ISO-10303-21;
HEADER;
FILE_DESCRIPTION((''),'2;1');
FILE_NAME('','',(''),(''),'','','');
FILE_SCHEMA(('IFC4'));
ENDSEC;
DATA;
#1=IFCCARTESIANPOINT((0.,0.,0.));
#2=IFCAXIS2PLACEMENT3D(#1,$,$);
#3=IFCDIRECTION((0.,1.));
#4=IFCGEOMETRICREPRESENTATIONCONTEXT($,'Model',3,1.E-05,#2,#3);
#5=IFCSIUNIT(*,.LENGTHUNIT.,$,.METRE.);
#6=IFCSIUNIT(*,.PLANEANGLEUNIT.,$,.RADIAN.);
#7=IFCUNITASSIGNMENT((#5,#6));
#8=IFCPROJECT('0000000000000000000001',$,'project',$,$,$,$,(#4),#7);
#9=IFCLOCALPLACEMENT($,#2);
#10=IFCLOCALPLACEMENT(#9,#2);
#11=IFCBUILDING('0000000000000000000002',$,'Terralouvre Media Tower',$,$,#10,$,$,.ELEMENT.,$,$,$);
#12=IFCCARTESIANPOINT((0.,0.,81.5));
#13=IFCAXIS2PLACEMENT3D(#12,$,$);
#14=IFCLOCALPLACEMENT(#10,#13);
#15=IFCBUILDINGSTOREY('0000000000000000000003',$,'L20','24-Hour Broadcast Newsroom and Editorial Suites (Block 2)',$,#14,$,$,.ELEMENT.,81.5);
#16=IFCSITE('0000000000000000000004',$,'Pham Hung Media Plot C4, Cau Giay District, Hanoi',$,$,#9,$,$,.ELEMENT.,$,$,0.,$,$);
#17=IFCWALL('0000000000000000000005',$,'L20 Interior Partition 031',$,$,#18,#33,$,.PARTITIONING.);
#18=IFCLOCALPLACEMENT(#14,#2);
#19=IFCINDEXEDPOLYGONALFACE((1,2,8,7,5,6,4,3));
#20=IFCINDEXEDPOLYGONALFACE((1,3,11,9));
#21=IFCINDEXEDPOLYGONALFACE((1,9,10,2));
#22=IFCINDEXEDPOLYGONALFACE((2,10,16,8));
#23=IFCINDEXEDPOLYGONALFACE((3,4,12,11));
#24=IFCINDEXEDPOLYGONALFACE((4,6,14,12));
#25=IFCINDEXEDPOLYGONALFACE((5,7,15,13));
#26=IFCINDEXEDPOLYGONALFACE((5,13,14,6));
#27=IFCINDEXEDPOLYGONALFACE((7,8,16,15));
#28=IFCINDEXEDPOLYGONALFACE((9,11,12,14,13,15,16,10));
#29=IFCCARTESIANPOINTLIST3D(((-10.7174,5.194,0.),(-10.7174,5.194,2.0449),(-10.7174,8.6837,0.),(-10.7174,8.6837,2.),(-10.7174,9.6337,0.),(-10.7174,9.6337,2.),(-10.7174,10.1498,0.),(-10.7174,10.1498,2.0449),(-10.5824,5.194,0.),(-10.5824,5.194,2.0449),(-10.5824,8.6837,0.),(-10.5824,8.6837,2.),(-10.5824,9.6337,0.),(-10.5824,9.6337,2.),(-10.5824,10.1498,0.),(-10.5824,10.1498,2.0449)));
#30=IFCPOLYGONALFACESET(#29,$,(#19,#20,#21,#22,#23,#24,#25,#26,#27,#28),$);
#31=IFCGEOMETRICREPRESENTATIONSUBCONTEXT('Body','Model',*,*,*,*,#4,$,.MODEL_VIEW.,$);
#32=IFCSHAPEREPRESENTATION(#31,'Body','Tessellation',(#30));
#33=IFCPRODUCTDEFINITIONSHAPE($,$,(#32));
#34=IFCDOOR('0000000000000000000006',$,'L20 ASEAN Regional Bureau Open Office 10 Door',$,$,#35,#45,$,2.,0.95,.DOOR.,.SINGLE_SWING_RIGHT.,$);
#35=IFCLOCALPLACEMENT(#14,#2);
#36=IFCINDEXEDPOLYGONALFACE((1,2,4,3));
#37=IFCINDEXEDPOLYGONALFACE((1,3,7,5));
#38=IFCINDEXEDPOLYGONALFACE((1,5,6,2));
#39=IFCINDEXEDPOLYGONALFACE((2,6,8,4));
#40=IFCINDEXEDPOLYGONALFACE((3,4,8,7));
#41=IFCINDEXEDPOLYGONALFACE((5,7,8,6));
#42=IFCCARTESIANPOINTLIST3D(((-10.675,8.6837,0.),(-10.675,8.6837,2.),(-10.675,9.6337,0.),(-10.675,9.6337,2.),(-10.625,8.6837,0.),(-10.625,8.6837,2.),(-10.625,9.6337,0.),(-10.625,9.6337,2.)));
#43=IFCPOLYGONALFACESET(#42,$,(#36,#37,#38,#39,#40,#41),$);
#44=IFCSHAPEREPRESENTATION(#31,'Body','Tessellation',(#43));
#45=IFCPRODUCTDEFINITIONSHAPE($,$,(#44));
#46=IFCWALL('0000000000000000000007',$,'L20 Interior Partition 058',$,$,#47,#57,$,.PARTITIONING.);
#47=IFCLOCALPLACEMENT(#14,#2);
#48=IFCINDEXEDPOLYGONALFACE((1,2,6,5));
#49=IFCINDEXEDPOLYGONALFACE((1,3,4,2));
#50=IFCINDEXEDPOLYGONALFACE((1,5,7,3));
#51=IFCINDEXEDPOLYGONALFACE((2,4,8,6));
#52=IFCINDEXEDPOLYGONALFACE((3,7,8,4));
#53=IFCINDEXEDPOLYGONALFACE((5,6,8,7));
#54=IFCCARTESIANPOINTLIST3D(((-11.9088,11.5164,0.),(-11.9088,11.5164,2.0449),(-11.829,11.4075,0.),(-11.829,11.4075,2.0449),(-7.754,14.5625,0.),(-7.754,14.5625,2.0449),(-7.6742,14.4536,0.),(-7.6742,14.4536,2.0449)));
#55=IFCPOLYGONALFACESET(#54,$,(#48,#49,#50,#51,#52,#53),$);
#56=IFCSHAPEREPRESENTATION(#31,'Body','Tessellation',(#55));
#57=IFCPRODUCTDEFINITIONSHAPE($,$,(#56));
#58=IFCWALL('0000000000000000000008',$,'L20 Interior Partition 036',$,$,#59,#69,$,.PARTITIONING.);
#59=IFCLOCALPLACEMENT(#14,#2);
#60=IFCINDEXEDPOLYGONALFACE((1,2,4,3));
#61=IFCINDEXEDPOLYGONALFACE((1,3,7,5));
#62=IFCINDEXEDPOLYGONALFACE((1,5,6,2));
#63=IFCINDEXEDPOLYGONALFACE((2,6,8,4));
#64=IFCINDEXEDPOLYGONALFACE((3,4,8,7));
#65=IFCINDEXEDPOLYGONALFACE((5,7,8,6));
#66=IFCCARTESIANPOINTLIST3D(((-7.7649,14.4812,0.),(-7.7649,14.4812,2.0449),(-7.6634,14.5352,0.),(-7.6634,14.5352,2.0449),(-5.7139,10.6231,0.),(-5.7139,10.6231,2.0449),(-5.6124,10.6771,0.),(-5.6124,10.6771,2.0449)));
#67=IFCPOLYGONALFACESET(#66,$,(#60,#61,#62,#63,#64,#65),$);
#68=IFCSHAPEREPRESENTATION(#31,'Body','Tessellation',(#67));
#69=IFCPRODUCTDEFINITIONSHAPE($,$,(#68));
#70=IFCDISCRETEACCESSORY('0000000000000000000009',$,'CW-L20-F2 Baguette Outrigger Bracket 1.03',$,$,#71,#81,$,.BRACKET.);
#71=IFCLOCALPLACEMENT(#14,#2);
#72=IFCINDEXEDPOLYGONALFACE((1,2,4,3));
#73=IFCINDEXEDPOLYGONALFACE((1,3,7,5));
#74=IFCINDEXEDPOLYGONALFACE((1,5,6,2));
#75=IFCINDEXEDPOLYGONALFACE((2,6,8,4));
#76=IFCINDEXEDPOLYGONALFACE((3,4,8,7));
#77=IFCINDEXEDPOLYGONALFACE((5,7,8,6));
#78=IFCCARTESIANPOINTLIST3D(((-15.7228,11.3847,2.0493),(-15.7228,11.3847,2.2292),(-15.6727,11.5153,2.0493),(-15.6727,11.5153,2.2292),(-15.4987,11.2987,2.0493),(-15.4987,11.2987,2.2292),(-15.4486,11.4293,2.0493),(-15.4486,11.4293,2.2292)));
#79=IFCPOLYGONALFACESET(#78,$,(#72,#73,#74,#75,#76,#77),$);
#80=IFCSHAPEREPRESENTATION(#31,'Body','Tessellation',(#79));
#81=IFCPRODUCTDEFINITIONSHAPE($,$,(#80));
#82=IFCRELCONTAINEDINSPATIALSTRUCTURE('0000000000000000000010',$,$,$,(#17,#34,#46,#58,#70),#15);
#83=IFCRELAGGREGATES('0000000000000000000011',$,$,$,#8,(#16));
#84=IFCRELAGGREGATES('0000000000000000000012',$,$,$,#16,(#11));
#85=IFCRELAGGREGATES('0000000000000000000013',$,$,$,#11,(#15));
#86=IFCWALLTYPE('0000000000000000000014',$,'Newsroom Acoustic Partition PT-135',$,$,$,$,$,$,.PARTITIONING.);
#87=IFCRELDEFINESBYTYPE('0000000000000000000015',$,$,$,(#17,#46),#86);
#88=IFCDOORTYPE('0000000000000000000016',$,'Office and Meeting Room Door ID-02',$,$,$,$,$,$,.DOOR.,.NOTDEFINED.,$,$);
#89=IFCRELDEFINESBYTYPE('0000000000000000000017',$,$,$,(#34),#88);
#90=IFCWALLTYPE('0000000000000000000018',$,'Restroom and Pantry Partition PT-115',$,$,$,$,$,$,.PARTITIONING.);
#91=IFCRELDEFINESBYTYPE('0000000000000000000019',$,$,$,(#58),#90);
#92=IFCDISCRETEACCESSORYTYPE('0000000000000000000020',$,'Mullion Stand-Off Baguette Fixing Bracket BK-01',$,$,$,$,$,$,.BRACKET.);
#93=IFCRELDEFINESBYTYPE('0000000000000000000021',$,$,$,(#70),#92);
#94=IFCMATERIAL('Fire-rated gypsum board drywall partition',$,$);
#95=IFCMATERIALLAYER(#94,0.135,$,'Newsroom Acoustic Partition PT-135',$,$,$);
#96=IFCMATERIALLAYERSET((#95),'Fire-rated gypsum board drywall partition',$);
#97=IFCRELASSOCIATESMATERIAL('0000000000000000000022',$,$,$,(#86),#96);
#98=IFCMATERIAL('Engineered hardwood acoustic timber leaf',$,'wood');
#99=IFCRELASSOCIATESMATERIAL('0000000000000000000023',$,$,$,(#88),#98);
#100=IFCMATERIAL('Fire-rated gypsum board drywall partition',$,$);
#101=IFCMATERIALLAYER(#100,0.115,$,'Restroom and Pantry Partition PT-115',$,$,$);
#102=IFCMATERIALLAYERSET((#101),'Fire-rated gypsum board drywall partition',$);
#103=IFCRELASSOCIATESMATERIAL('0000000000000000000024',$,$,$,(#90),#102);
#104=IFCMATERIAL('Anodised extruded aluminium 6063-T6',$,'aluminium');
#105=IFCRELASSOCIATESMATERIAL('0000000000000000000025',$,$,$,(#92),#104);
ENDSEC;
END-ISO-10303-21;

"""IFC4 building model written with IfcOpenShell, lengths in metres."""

from ifc_helpers import new_model, si_unit, direction, frame, frame_2d, origin, origin_2d, place, context, subcontext, project, spatial, rectangle, extrude, material, layer, layer_set, type_object, element, fill, save


model = new_model("IFC4")

# Units and contexts
model_context = context("Model", 3, precision=1e-05, world=origin(), true_north=direction((0.0, 1.0)))
body_context = subcontext(model_context, "Body", "Model", "MODEL_VIEW")
ifc_project = project(units=[si_unit("LENGTHUNIT", "METRE"), si_unit("PLANEANGLEUNIT", "RADIAN")], contexts=[model_context])

# Site, building, storey
site_placement = place(None, origin())
site = spatial("IfcSite", under=ifc_project, at=site_placement, Name="Pham Hung Media Plot C4, Cau Giay District, Hanoi", CompositionType="ELEMENT", RefElevation=0.0)
building_placement = place(site_placement, origin())
building = spatial("IfcBuilding", under=site, at=building_placement, Name="Terralouvre Media Tower", CompositionType="ELEMENT")
storey_placement = place(building_placement, frame((0.0, 0.0, 81.5)))
storey = spatial("IfcBuildingStorey", under=building, at=storey_placement, Name="L20", Description="24-Hour Broadcast Newsroom and Editorial Suites (Block 2)", CompositionType="ELEMENT", Elevation=81.5)

# Shared definitions
ifc_material_1 = material(Name="Fire-rated gypsum board drywall partition")
ifc_layer_1 = layer(ifc_material_1, 0.135, Name="Newsroom Acoustic Partition PT-135")
ifc_layer_set_1 = layer_set([ifc_layer_1], Name="Fire-rated gypsum board drywall partition")
wall_type_1 = type_object("IfcWallType", Name="Newsroom Acoustic Partition PT-135", PredefinedType="PARTITIONING", material=ifc_layer_set_1)

# Wall, opening, door
wall_1_placement = place(storey_placement, frame((-10.6499, 10.1499, 0.0), z_axis=(0.0, 0.0, 1.0), x_axis=(0.0, -1.0, 0.0)))
wall_1 = element("IfcWall", 1, at=wall_1_placement, inside=storey, type_object=wall_type_1, Name="L20 Interior Partition 031", PredefinedType="PARTITIONING", context=body_context, shape_type="SweptSolid", body=[
    extrude(rectangle(XDim=4.9558, YDim=0.135, at=frame_2d((2.478, 0.0))), origin(), (0.0, 0.0, 1.0), 2.0449),
])
opening_placement = place(wall_1_placement, frame((0.5161, 0.0, 0.0)))
opening = element("IfcOpeningElement", 2, at=opening_placement, cuts=wall_1, PredefinedType="OPENING", context=body_context, shape_type="SweptSolid", body=[
    extrude(rectangle(XDim=0.95, YDim=2.0, at=frame_2d((0.4751, 1.0))), frame((0.0, 0.0774, 0.0), z_axis=(0.0, -1.0, 0.0), x_axis=(1.0, 0.0, 0.0)), (0.0, 0.0, 1.0), 0.155),
])
ifc_material_2 = material(Name="Engineered hardwood acoustic timber leaf", Category="wood")
door_type = type_object("IfcDoorType", Name="Office and Meeting Room Door ID-02", OperationType="NOTDEFINED", PredefinedType="DOOR", material=ifc_material_2)
door_placement = place(opening_placement, origin())
door = element("IfcDoor", 3, at=door_placement, inside=storey, type_object=door_type, Name="L20 ASEAN Regional Bureau Open Office 10 Door", OperationType="SINGLE_SWING_RIGHT", OverallHeight=2.0, OverallWidth=0.95, PredefinedType="DOOR", context=body_context, shape_type="SweptSolid", body=[
    extrude(rectangle(XDim=0.95, YDim=2.0, at=frame_2d((0.4751, 1.0))), frame((0.0, 0.0249, 0.0), z_axis=(0.0, -1.0, 0.0), x_axis=(1.0, 0.0, 0.0)), (0.0, 0.0, 1.0), 0.05),
])
fill(opening, door)

# Walls
wall_2_placement = place(storey_placement, frame((-11.8689, 11.4619, 0.0), z_axis=(0.0, 0.0, 1.0), x_axis=(0.80647, 0.591275, 0.0)))
element("IfcWall", 4, at=wall_2_placement, inside=storey, type_object=wall_type_1, Name="L20 Interior Partition 058", PredefinedType="PARTITIONING", context=body_context, shape_type="SweptSolid", body=[
    extrude(rectangle(XDim=5.1519, YDim=0.135, at=frame_2d((2.5759, 0.0))), origin(), (0.0, 0.0, 1.0), 2.0449),
])
ifc_material_3 = material(Name="Fire-rated gypsum board drywall partition")
ifc_layer_2 = layer(ifc_material_3, 0.115, Name="Restroom and Pantry Partition PT-115")
ifc_layer_set_2 = layer_set([ifc_layer_2], Name="Fire-rated gypsum board drywall partition")
wall_type_2 = type_object("IfcWallType", Name="Restroom and Pantry Partition PT-115", PredefinedType="PARTITIONING", material=ifc_layer_set_2)
wall_3_placement = place(storey_placement, frame((-7.7141, 14.5081, 0.0), z_axis=(0.0, 0.0, 1.0), x_axis=(0.469402, -0.882985, 0.0)))
element("IfcWall", 5, at=wall_3_placement, inside=storey, type_object=wall_type_2, Name="L20 Interior Partition 036", PredefinedType="PARTITIONING", context=body_context, shape_type="SweptSolid", body=[
    extrude(rectangle(XDim=4.3694, YDim=0.115, at=frame_2d((2.1846, 0.0))), origin(), (0.0, 0.0, 1.0), 2.0449),
])

# Discrete accessory
ifc_material_4 = material(Name="Anodised extruded aluminium 6063-T6", Category="aluminium")
discrete_accessory_type = type_object("IfcDiscreteAccessoryType", Name="Mullion Stand-Off Baguette Fixing Bracket BK-01", PredefinedType="BRACKET", material=ifc_material_4)
discrete_accessory_placement = place(storey_placement, frame((-15.5857, 11.407, 2.0493), z_axis=(0.0, 0.0, 1.0), x_axis=(-0.358368, -0.93358, 0.0)))
element("IfcDiscreteAccessory", 6, at=discrete_accessory_placement, inside=storey, type_object=discrete_accessory_type, Name="CW-L20-F2 Baguette Outrigger Bracket 1.03", PredefinedType="BRACKET", context=body_context, shape_type="SweptSolid", body=[
    extrude(rectangle(XDim=0.1399, YDim=0.24, at=origin_2d()), origin(), (0.0, 0.0, 1.0), 0.1799),
])

save(model, "model.ifc")
